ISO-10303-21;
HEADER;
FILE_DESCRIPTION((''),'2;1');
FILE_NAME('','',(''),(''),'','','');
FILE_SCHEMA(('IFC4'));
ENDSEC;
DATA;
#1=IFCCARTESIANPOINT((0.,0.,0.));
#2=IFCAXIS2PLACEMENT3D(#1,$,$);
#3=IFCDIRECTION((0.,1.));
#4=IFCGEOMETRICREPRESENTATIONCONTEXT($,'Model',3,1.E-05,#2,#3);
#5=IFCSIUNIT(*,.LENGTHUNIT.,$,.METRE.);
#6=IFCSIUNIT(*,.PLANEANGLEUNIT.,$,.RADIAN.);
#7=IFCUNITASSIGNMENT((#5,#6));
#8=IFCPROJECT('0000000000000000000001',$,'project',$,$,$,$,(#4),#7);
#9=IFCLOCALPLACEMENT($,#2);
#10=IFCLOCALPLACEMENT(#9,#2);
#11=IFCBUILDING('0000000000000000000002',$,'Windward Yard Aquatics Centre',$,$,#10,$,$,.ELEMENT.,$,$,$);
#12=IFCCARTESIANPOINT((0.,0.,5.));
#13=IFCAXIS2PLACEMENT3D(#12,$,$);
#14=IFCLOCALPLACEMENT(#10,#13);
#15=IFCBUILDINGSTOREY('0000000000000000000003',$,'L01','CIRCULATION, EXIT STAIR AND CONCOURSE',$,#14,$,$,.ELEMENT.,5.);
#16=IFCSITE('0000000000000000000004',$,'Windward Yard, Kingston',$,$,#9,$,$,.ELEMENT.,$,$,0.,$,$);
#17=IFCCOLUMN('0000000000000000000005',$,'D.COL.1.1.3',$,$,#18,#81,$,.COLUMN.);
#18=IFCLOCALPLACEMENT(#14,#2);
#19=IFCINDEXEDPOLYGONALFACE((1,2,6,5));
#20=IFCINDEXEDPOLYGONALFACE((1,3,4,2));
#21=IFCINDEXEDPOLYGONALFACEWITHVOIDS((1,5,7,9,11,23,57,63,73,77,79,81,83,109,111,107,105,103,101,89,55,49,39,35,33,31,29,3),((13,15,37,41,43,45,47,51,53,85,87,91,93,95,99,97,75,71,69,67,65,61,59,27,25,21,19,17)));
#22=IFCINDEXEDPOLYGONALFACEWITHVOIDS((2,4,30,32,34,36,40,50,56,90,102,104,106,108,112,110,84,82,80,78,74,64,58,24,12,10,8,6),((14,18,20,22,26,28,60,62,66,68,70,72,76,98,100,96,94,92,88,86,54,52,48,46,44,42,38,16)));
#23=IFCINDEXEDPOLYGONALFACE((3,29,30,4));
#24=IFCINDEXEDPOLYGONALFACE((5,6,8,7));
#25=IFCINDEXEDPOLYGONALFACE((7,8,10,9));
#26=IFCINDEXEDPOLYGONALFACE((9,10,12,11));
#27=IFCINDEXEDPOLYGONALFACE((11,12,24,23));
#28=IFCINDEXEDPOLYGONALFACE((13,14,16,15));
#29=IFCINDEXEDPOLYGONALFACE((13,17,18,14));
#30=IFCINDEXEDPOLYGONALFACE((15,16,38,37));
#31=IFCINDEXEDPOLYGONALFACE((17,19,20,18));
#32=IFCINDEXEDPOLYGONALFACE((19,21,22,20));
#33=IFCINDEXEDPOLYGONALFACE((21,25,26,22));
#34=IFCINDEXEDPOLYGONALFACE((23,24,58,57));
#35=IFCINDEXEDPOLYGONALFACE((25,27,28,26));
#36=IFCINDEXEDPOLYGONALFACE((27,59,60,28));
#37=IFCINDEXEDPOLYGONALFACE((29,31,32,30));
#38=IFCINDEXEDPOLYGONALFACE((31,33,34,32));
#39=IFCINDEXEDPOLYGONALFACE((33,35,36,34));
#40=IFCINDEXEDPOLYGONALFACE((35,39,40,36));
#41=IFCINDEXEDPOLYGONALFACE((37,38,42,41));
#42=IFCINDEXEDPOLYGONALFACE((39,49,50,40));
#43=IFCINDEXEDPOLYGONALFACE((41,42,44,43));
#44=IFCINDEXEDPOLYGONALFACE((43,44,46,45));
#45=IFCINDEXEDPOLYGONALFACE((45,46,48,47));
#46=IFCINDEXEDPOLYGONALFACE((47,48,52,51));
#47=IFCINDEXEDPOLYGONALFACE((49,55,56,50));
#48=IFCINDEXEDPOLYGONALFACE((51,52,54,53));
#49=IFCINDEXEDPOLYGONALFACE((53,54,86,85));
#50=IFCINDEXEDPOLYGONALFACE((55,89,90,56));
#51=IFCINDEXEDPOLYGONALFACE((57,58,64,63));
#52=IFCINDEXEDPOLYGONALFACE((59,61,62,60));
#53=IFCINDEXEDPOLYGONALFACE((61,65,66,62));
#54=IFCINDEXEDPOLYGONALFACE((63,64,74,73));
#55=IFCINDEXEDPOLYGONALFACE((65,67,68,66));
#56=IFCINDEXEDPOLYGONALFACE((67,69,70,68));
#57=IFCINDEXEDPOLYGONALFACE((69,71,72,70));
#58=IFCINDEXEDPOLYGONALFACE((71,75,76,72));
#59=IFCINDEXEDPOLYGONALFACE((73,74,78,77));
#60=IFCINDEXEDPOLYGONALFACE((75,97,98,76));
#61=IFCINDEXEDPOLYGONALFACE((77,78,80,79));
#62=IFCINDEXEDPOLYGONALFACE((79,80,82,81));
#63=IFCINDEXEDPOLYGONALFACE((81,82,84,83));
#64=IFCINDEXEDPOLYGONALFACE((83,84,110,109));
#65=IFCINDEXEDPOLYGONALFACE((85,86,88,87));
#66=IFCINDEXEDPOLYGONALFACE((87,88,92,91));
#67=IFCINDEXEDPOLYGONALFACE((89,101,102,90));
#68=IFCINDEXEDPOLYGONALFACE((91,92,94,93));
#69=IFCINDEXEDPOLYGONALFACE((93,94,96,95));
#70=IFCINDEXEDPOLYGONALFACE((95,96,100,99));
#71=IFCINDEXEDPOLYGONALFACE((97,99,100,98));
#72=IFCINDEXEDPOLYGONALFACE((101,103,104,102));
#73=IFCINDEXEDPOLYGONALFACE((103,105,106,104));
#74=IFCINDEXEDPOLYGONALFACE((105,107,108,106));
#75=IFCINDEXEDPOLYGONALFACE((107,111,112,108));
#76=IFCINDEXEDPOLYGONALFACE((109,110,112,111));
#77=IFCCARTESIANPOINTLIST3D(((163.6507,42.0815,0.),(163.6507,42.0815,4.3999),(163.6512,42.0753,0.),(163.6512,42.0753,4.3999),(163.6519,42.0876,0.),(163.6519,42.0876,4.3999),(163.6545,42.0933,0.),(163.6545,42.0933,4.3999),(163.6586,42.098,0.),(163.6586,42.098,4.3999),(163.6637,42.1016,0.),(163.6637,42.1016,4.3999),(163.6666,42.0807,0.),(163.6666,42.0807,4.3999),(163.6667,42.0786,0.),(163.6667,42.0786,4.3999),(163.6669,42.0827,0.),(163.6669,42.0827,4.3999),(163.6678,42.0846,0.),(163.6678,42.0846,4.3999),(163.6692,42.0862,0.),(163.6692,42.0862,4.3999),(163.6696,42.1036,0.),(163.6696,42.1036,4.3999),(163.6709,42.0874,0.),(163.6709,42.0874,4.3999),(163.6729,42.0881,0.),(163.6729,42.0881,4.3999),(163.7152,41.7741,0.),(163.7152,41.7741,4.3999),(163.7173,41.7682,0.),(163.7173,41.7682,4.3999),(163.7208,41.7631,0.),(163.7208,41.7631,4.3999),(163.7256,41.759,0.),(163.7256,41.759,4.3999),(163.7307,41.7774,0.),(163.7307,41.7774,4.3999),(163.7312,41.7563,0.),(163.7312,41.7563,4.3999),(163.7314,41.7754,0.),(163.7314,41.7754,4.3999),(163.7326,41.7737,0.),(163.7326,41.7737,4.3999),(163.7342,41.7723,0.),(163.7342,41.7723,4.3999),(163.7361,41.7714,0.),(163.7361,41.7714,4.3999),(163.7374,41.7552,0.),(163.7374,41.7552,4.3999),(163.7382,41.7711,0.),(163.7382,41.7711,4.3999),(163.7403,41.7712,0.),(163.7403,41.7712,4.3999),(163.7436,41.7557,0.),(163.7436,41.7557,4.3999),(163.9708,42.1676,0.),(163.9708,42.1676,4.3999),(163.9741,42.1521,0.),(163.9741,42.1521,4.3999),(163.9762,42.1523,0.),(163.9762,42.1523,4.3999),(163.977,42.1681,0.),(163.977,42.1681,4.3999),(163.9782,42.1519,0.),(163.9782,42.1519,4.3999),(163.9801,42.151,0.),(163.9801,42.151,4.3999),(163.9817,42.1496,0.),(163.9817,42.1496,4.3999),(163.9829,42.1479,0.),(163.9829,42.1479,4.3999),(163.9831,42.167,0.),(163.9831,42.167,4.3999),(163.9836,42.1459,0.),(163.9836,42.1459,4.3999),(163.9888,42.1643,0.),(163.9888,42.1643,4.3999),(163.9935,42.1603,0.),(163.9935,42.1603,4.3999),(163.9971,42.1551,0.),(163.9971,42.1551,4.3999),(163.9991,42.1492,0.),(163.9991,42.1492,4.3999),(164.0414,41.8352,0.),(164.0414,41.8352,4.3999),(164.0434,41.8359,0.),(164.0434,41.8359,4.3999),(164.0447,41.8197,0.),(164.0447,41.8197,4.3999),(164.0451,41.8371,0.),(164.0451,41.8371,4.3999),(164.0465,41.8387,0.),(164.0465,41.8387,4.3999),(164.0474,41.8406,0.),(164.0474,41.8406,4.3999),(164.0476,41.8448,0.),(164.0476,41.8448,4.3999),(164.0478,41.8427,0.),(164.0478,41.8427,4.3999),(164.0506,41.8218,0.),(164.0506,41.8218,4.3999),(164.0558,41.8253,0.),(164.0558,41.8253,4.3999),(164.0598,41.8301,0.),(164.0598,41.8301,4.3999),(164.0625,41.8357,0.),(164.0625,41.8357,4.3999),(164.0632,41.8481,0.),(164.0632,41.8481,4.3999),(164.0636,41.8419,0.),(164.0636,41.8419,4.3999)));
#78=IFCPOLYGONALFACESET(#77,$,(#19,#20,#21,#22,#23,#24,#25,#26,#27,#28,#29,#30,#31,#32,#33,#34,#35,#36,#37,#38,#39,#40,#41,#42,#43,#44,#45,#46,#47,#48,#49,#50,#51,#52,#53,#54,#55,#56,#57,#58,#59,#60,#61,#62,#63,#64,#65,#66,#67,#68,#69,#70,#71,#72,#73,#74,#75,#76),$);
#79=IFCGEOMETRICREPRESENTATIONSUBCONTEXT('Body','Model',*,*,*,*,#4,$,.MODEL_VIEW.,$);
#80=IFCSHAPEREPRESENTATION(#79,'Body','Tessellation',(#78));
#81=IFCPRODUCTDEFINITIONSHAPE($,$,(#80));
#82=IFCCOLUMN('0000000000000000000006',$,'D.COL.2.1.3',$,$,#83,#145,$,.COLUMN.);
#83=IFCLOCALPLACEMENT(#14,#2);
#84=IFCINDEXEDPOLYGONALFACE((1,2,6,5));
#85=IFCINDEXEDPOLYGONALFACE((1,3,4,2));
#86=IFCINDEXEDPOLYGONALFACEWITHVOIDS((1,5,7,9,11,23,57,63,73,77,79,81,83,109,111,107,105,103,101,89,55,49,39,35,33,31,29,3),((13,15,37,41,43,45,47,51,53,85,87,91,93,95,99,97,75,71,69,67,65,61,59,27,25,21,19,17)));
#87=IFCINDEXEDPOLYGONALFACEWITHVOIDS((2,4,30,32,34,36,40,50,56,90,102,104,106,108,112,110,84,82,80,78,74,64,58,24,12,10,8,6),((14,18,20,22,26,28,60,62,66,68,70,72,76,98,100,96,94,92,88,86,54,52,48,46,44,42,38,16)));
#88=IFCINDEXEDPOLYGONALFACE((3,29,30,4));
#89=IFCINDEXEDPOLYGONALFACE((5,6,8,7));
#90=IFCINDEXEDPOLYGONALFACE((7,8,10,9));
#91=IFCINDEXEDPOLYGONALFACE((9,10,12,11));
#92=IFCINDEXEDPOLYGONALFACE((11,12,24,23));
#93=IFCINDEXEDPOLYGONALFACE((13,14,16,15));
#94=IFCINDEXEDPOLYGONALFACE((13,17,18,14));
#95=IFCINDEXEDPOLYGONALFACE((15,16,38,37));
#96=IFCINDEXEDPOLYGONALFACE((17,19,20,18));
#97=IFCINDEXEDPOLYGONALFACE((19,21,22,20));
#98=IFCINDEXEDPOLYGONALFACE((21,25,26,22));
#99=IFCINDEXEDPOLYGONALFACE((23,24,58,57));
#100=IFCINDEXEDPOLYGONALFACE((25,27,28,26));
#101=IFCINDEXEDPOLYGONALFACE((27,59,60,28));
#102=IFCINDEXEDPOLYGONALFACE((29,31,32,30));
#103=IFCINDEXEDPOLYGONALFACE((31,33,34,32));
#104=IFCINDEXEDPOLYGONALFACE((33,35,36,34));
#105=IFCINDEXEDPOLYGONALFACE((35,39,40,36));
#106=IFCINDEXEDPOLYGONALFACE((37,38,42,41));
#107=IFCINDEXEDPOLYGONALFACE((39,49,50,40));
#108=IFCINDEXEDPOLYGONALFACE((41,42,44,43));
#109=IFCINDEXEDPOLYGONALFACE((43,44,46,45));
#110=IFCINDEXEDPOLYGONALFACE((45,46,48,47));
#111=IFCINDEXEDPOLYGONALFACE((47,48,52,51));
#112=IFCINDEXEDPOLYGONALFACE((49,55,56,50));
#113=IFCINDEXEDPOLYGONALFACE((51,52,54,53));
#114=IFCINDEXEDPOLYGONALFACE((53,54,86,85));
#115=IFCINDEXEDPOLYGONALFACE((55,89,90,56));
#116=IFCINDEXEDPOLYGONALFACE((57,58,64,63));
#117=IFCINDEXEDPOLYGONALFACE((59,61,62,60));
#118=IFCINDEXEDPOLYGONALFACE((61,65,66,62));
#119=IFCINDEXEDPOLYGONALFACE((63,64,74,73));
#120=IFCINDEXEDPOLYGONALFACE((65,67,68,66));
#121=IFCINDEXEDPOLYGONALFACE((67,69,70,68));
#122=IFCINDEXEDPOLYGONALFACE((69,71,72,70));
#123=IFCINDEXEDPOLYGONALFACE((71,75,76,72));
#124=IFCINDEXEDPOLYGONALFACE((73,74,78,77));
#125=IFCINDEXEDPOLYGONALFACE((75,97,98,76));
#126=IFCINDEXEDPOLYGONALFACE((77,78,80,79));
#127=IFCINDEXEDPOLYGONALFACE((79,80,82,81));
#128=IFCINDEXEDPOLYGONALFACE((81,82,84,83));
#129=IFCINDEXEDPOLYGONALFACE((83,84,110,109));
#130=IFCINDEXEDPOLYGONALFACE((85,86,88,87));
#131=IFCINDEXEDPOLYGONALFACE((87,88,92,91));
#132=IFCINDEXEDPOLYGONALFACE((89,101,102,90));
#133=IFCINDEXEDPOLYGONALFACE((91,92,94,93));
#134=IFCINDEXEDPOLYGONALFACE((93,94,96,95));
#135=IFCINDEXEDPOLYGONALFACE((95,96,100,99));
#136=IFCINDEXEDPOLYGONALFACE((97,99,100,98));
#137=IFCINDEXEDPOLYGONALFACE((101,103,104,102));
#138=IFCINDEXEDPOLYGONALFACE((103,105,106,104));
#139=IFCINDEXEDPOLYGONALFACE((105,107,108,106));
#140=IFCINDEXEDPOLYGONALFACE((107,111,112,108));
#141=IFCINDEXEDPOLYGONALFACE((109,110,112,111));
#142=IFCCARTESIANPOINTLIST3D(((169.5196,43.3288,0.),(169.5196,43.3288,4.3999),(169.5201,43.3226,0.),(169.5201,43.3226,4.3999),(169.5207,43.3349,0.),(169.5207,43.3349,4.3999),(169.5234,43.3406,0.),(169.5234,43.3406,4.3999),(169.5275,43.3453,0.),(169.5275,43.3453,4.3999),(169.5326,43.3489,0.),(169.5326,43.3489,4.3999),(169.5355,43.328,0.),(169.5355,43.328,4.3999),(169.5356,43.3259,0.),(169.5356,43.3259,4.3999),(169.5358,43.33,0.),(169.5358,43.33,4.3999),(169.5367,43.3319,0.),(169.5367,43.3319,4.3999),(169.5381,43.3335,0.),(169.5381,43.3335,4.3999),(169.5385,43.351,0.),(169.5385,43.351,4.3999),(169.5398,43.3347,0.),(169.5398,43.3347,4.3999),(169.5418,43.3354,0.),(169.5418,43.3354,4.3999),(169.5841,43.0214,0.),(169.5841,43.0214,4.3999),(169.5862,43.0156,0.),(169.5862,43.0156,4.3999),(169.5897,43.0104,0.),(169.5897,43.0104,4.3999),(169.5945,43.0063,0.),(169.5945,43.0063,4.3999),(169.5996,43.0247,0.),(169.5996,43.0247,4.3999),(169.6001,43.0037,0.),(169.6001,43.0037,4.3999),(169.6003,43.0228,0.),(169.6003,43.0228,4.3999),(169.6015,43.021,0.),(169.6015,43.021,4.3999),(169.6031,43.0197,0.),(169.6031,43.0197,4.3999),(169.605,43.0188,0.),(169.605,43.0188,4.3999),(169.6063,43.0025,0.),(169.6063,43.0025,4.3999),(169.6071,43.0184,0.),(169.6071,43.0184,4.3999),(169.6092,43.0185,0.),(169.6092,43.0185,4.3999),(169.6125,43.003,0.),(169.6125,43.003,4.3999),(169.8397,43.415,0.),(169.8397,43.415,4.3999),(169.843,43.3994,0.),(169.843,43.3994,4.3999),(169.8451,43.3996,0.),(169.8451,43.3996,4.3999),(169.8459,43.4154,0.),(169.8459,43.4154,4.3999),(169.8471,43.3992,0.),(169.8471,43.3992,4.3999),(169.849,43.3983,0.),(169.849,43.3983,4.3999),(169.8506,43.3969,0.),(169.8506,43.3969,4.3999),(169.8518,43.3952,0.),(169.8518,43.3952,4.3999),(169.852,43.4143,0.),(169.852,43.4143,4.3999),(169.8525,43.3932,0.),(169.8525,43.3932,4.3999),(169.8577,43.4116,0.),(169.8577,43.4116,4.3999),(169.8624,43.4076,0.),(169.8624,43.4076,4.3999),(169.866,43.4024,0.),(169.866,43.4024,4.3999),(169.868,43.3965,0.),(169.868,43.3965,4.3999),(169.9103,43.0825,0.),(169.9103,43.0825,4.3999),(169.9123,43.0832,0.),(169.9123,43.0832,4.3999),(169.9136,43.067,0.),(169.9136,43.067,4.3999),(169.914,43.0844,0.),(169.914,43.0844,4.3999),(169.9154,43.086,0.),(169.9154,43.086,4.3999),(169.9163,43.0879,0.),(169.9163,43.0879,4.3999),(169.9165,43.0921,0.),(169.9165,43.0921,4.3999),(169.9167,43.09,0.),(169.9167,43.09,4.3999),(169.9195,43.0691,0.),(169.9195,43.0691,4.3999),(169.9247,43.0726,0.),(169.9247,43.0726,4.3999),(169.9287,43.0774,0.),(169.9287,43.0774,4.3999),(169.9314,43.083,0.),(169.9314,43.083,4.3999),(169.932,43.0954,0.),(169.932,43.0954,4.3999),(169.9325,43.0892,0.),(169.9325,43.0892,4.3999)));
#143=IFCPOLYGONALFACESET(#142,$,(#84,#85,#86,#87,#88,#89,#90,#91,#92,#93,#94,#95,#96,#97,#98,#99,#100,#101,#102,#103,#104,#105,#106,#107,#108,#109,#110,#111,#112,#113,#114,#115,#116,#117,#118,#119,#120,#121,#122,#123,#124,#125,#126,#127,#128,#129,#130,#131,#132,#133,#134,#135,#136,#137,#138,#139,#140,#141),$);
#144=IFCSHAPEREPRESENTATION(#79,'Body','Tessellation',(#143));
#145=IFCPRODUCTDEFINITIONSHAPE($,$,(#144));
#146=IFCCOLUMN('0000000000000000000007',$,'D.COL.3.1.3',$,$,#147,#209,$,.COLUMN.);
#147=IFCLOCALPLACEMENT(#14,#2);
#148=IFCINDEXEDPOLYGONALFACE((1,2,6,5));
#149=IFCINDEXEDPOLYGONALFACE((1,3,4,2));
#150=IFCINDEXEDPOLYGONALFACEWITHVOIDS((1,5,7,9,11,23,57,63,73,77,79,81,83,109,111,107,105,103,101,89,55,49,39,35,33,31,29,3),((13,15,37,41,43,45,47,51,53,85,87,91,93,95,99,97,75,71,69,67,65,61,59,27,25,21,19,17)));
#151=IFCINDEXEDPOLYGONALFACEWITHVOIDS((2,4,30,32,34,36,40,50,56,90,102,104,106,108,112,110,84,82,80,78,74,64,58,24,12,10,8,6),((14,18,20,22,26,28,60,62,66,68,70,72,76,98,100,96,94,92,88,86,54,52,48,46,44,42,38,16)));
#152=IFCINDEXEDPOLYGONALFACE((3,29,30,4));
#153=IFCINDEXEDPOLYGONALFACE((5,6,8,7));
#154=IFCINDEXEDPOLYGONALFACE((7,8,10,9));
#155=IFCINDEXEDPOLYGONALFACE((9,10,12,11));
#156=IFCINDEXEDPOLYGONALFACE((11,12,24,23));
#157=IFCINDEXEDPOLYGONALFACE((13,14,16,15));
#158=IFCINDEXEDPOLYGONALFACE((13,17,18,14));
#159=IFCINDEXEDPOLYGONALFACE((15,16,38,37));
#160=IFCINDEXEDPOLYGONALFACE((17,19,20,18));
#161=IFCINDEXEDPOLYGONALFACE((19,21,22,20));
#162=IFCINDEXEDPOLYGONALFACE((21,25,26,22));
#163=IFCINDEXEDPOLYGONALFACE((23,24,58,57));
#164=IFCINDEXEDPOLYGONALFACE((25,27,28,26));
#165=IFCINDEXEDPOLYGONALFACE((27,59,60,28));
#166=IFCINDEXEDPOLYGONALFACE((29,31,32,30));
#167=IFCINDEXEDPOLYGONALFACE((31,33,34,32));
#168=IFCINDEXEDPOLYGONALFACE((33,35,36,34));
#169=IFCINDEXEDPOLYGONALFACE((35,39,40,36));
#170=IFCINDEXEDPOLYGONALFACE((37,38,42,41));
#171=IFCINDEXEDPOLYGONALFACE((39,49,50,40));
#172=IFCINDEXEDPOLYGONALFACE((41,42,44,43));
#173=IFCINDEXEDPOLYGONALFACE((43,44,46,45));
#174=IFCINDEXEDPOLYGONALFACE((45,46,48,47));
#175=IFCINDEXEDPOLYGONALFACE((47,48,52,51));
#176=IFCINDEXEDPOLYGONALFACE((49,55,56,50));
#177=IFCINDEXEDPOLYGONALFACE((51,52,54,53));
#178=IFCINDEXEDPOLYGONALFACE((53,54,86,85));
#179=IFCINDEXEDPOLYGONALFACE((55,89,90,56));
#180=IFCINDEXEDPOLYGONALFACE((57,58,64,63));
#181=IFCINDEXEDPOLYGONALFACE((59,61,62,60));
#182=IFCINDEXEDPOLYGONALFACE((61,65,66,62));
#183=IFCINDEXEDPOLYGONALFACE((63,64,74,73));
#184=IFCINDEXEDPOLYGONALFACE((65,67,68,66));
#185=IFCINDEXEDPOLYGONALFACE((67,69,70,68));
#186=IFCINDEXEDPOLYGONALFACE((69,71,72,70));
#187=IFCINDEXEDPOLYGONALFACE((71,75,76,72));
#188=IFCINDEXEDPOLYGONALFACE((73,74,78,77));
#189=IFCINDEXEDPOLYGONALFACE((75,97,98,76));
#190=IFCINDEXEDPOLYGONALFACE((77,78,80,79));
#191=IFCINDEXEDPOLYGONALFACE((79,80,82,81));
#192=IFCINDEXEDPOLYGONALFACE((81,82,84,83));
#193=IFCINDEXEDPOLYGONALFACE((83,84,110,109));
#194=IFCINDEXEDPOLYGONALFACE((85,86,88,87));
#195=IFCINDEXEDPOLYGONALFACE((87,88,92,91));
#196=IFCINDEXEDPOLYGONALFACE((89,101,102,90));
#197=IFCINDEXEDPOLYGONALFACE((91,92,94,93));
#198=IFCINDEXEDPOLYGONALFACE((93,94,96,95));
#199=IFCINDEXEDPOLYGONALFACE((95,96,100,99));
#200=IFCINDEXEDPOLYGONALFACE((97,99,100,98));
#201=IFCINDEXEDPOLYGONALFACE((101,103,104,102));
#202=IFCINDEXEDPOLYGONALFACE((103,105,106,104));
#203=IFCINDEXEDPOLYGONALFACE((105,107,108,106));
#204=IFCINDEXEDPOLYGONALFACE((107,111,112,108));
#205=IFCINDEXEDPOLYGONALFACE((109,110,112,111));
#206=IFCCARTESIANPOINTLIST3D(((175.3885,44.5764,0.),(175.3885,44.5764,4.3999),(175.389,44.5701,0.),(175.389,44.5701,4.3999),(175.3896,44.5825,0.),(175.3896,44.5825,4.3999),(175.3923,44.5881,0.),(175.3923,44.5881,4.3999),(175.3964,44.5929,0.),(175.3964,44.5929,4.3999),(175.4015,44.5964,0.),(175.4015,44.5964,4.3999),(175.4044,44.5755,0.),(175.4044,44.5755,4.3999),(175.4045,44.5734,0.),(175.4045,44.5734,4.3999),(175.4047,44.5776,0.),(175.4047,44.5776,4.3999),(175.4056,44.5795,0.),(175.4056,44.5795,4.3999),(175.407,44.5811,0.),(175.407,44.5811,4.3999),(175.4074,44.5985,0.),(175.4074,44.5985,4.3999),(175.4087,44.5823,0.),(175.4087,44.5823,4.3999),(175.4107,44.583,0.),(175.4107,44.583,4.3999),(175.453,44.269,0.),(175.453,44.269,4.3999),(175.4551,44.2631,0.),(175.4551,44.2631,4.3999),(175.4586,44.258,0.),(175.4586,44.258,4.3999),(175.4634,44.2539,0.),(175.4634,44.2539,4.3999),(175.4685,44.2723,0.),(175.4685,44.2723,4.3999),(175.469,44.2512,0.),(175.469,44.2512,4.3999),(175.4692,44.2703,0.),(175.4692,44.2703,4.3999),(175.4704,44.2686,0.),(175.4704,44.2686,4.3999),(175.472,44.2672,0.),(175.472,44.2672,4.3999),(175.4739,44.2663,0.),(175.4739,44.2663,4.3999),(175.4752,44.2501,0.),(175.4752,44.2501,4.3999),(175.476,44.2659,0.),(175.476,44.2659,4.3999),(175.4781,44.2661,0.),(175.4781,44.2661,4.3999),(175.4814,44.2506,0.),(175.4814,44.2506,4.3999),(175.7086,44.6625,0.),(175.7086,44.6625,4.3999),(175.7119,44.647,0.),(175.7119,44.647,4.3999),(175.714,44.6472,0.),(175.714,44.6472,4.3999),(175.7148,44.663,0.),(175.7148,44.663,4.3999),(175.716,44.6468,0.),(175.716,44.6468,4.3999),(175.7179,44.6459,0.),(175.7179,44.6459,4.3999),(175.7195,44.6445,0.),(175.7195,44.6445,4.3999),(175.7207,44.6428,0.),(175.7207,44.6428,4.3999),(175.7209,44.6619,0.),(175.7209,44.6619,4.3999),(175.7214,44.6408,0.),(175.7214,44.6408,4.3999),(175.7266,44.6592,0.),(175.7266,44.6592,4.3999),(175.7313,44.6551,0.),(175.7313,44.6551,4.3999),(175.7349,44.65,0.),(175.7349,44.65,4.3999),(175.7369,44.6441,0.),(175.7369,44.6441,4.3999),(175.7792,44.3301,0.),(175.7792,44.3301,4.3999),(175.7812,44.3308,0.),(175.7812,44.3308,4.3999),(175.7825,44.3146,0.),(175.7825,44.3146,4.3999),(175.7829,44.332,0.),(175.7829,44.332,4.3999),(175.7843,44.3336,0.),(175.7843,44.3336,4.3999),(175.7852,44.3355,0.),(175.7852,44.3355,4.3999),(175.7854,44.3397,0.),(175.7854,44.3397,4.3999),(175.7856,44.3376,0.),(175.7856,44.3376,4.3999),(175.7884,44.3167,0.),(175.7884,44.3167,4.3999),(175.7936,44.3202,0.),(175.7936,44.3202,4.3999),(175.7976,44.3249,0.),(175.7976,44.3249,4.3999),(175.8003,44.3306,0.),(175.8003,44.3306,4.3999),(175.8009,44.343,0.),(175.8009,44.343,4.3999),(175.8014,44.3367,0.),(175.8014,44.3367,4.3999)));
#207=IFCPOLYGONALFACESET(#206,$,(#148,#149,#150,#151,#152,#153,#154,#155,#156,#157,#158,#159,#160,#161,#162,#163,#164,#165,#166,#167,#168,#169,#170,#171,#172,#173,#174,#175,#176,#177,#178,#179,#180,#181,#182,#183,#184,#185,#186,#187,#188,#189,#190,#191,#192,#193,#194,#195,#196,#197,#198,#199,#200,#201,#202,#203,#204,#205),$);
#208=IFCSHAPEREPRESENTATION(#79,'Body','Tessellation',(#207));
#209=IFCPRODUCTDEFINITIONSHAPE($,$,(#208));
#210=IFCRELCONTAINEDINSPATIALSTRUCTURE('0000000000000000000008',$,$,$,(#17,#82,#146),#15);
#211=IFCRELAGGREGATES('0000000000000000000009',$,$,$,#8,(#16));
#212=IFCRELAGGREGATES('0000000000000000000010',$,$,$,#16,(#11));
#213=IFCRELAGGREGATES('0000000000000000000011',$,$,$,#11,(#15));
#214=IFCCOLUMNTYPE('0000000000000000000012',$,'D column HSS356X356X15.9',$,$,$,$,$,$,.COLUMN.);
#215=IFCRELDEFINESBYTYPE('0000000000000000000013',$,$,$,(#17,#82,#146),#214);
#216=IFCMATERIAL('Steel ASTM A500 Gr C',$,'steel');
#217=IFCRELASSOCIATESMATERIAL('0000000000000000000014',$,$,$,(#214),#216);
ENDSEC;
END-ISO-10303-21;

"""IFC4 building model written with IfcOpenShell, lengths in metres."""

from ifc_helpers import new_model, si_unit, direction, frame, origin, origin_2d, place, context, subcontext, project, spatial, hollow_rectangle, extrude, material, material_profile, profile_set, type_object, element, save


model = new_model("IFC4")

# Units and contexts
model_context = context("Model", 3, precision=1e-05, world=origin(), true_north=direction((0.0, 1.0)))
body_context = subcontext(model_context, "Body", "Model", "MODEL_VIEW")
ifc_project = project(units=[si_unit("LENGTHUNIT", "METRE"), si_unit("PLANEANGLEUNIT", "RADIAN")], contexts=[model_context])

# Site, building, storey
site_placement = place(None, origin())
site = spatial("IfcSite", under=ifc_project, at=site_placement, Name="Windward Yard, Kingston", CompositionType="ELEMENT", RefElevation=0.0)
building_placement = place(site_placement, origin())
building = spatial("IfcBuilding", under=site, at=building_placement, Name="Windward Yard Aquatics Centre", CompositionType="ELEMENT")
storey_placement = place(building_placement, frame((0.0, 0.0, 5.0)))
storey = spatial("IfcBuildingStorey", under=building, at=storey_placement, Name="L01", Description="CIRCULATION, EXIT STAIR AND CONCOURSE", CompositionType="ELEMENT", Elevation=5.0)

# Columns
ifc_material_1 = material(Name="Steel ASTM A500 Gr C", Category="steel")
ifc_material_profile_1 = material_profile(ifc_material_1, hollow_rectangle(XDim=0.3557, YDim=0.3557, WallThickness=0.0159, InnerFilletRadius=0.0081, OuterFilletRadius=0.0239, at=origin_2d()), Name="HSS356X356X15.9")
ifc_profile_set_1 = profile_set([ifc_material_profile_1], Name="Steel ASTM A500 Gr C")
column_type_1 = type_object("IfcColumnType", Name="D column HSS356X356X15.9", PredefinedType="COLUMN", material=ifc_profile_set_1)
for number, where, z_axis, x_axis, name in (
    (1, (163.8572, 41.9617, 0.0), (0.0, 0.0, 1.0), (0.978148, 0.207912, 0.0), "D.COL.1.1.3"),
    (2, (169.7261, 43.209, 0.0), (0.0, 0.0, 1.0), (0.978148, 0.207912, 0.0), "D.COL.2.1.3"),
    (3, (175.595, 44.4565, 0.0), (0.0, 0.0, 1.0), (0.978148, 0.207912, 0.0), "D.COL.3.1.3"),
):
    element("IfcColumn", number, at=place(storey_placement, frame(where, z_axis=z_axis, x_axis=x_axis)), inside=storey, type_object=column_type_1, Name=name, PredefinedType="COLUMN", context=body_context, shape_type="SweptSolid", body=[
        extrude(hollow_rectangle(XDim=0.3557, YDim=0.3557, WallThickness=0.0159, InnerFilletRadius=0.0081, OuterFilletRadius=0.0239, at=origin_2d()), origin(), (0.0, 0.0, 1.0), 4.3999),
    ])

save(model, "model.ifc")
